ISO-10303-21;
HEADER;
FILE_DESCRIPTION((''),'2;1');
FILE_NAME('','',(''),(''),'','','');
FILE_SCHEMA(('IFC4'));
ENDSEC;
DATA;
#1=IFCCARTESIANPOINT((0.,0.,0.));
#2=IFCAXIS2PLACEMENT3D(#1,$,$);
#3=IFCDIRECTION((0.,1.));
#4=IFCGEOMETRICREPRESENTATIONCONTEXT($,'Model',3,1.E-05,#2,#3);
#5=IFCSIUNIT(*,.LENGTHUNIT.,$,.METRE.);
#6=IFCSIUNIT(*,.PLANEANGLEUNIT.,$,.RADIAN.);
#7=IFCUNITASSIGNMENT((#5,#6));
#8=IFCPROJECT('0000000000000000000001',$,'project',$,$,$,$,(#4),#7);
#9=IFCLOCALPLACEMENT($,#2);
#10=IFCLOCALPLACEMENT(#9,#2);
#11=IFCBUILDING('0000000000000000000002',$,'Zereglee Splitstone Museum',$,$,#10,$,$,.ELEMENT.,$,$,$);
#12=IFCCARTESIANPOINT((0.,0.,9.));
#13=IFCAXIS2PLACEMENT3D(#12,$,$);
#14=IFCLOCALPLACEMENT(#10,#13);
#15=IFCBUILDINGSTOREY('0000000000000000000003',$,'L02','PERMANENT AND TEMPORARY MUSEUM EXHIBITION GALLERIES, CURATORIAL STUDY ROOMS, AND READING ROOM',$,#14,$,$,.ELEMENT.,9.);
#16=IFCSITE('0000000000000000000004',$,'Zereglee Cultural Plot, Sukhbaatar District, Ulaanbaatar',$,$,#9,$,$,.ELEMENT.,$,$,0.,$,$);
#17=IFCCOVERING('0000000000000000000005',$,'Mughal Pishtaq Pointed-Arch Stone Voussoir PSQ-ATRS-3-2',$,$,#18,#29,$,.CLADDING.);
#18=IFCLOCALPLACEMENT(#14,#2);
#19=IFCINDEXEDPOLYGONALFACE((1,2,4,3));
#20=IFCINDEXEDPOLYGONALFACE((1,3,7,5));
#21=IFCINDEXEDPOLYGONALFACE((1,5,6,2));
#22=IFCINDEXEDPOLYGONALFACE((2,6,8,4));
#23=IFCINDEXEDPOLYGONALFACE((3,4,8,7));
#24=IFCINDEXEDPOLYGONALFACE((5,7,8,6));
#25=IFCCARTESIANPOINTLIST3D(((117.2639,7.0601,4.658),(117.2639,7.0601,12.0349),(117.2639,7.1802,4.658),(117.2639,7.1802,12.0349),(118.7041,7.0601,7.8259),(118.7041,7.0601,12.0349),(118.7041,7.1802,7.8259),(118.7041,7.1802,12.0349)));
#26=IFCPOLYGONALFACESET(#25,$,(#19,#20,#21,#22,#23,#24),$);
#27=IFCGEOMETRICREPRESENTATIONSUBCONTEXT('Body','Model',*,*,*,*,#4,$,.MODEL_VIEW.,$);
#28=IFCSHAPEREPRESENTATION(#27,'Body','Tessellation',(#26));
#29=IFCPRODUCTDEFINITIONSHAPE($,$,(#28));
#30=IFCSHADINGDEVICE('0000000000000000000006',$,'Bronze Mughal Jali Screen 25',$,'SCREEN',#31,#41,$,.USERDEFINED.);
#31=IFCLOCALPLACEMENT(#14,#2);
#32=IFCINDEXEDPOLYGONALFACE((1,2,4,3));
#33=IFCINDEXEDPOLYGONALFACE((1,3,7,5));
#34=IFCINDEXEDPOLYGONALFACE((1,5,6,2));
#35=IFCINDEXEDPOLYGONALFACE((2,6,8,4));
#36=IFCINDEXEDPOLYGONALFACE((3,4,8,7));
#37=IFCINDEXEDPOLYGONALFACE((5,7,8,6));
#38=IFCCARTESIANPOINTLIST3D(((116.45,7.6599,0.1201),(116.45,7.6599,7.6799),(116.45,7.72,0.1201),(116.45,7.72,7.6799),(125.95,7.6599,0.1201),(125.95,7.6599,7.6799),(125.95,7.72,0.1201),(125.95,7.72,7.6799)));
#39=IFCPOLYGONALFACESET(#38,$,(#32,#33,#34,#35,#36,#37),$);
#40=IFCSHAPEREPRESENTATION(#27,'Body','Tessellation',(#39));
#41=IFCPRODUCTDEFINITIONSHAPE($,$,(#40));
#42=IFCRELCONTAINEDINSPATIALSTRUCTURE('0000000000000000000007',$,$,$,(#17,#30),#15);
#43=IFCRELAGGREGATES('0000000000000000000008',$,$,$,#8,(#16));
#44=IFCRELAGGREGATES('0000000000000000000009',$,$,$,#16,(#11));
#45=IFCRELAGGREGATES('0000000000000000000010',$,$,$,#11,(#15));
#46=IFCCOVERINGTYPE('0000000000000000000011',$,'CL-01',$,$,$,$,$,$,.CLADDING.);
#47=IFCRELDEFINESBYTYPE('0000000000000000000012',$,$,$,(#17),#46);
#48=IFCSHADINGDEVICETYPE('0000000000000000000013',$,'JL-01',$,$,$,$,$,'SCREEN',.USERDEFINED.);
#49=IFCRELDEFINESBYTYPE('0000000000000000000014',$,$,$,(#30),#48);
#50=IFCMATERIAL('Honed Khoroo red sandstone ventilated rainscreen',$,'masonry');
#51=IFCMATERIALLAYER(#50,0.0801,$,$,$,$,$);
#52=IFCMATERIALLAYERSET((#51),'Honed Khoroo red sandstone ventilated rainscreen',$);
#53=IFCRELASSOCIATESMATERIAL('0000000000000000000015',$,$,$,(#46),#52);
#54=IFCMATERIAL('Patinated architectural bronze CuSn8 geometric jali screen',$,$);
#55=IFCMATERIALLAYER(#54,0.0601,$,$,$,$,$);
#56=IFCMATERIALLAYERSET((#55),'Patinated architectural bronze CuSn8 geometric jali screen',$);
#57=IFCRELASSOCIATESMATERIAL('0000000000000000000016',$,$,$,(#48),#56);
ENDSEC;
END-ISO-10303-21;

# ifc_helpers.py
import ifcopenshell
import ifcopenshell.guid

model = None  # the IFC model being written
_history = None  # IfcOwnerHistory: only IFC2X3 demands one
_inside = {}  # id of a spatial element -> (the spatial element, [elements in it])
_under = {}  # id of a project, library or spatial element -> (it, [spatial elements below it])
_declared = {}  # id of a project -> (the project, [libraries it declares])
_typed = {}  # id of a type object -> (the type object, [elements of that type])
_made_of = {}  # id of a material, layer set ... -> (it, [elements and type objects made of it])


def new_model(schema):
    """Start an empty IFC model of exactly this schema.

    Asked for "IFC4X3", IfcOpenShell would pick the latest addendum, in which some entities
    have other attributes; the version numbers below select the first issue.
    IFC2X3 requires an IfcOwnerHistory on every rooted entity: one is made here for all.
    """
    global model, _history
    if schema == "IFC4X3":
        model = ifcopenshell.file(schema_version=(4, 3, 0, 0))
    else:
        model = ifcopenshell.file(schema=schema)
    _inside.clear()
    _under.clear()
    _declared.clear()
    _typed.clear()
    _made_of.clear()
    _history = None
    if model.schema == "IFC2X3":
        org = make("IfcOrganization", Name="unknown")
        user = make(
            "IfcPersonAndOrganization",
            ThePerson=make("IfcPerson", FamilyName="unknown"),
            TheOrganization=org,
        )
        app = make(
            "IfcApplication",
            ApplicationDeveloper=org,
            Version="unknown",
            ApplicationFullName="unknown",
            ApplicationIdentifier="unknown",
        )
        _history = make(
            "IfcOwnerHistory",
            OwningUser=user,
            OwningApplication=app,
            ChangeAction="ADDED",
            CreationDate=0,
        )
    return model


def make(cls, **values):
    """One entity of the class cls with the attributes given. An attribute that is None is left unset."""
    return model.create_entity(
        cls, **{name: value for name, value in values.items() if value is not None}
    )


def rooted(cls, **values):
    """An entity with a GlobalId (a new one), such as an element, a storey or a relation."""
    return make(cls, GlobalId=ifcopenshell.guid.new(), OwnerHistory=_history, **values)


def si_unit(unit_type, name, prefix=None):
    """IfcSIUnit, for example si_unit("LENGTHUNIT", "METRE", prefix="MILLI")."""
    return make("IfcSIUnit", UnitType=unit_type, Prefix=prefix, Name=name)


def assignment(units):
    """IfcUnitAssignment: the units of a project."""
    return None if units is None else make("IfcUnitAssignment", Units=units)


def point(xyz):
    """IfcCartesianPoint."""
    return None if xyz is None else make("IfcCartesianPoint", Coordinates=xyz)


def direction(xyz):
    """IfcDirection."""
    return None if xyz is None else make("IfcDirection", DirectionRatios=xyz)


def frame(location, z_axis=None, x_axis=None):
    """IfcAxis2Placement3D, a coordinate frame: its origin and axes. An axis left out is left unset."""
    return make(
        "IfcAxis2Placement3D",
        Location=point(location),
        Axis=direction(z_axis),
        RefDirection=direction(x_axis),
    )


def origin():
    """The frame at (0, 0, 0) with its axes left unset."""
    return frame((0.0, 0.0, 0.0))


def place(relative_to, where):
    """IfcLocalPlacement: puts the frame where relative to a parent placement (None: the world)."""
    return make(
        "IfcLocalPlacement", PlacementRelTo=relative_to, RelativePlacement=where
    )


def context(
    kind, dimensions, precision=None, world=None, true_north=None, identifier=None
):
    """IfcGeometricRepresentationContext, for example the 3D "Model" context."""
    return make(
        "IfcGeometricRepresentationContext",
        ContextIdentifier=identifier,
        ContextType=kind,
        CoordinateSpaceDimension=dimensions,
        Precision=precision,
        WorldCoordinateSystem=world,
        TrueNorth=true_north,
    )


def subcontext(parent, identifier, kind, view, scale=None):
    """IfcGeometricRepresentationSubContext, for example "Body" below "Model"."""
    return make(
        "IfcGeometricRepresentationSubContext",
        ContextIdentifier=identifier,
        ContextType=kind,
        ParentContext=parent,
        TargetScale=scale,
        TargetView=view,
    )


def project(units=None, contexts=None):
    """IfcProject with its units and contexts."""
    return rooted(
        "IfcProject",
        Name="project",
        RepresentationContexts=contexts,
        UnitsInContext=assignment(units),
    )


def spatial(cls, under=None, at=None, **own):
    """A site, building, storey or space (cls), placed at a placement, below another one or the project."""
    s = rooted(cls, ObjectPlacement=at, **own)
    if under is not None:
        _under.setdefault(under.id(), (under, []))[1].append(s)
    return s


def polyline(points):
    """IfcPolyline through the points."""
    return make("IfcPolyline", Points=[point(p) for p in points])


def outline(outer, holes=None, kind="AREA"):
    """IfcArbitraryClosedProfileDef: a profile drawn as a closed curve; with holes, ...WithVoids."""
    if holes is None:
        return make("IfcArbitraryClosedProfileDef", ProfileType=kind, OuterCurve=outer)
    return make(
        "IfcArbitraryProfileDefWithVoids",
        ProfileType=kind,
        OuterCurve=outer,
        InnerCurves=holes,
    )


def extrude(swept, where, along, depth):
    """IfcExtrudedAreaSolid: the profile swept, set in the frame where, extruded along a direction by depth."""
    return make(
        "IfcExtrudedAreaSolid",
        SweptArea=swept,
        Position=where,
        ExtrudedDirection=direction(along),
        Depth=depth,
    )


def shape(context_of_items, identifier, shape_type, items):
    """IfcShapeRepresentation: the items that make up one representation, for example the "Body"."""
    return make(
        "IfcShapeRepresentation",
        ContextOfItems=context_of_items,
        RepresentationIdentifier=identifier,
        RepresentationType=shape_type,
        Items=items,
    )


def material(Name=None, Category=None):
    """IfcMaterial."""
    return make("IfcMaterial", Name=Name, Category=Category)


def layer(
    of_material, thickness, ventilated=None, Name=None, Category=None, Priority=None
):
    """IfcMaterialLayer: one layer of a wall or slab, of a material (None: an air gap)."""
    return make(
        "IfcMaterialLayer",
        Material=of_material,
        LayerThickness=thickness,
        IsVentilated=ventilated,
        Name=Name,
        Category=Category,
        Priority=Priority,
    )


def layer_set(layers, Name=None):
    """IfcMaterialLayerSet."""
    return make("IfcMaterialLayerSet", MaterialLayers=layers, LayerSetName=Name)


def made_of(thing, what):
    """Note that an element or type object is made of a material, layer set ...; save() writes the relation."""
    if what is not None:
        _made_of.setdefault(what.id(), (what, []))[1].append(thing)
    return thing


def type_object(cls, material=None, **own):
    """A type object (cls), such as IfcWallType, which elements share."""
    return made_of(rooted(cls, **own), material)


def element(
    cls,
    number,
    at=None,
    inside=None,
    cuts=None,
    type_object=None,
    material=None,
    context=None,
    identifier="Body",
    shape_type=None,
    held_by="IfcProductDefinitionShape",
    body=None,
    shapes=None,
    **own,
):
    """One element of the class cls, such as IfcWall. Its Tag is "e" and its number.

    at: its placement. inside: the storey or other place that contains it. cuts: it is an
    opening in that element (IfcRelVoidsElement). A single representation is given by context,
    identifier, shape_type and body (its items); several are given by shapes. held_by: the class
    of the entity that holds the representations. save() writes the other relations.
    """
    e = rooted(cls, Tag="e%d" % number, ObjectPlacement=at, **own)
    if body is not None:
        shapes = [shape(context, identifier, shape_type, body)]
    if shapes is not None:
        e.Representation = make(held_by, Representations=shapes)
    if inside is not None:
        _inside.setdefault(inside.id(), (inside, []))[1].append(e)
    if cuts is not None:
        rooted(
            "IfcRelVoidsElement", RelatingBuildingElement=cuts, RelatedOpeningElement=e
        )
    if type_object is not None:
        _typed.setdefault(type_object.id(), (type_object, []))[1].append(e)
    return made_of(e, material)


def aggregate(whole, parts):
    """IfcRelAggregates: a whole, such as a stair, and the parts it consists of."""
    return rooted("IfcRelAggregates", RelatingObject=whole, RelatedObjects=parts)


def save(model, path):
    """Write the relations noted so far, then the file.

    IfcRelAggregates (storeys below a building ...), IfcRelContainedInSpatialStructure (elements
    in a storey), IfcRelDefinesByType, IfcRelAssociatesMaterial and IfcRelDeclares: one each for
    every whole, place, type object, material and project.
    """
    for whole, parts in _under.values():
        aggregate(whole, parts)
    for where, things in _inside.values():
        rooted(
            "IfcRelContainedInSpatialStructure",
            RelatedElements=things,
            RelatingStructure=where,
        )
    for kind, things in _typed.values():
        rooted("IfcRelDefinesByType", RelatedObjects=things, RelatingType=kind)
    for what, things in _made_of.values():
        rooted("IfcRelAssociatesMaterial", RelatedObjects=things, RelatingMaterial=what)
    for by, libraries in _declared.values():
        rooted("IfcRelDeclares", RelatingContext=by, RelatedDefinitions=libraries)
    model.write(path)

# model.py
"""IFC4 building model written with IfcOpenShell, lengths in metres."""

from ifc_helpers import new_model, si_unit, direction, frame, origin, place, context, subcontext, project, spatial, polyline, outline, extrude, material, layer, layer_set, type_object, element, save


model = new_model("IFC4")

# Units and contexts
model_context = context("Model", 3, precision=1e-05, world=origin(), true_north=direction((0.0, 1.0)))
body_context = subcontext(model_context, "Body", "Model", "MODEL_VIEW")
ifc_project = project(units=[si_unit("LENGTHUNIT", "METRE"), si_unit("PLANEANGLEUNIT", "RADIAN")], contexts=[model_context])

# Site, building, storey
site_placement = place(None, origin())
site = spatial("IfcSite", under=ifc_project, at=site_placement, Name="Zereglee Cultural Plot, Sukhbaatar District, Ulaanbaatar", CompositionType="ELEMENT", RefElevation=0.0)
building_placement = place(site_placement, origin())
building = spatial("IfcBuilding", under=site, at=building_placement, Name="Zereglee Splitstone Museum", CompositionType="ELEMENT")
storey_placement = place(building_placement, frame((0.0, 0.0, 9.0)))
storey = spatial("IfcBuildingStorey", under=building, at=storey_placement, Name="L02", Description="PERMANENT AND TEMPORARY MUSEUM EXHIBITION GALLERIES, CURATORIAL STUDY ROOMS, AND READING ROOM", CompositionType="ELEMENT", Elevation=9.0)

# Covering
ifc_material_1 = material(Name="Honed Khoroo red sandstone ventilated rainscreen", Category="masonry")
ifc_layer_1 = layer(ifc_material_1, 0.0801)
ifc_layer_set_1 = layer_set([ifc_layer_1], Name="Honed Khoroo red sandstone ventilated rainscreen")
covering_type_1 = type_object("IfcCoveringType", Name="CL-01", PredefinedType="CLADDING", material=ifc_layer_set_1)
covering_1_placement = place(storey_placement, frame((117.2639, 7.0601, 4.658), z_axis=(0.0, -1.0, 0.0), x_axis=(0.413851, 0.0, 0.910345)))
element("IfcCovering", 1, at=covering_1_placement, inside=storey, type_object=covering_type_1, Name="Mughal Pishtaq Pointed-Arch Stone Voussoir PSQ-ATRS-3-2", PredefinedType="CLADDING", context=body_context, shape_type="SweptSolid", body=[
    extrude(outline(polyline([(0.0, 0.0), (3.48, 0.0), (7.3116, 1.7419), (6.7156, 3.053), (0.0, 0.0)])), origin(), (0.0, 0.0, -1.0), 0.1201),
])

# Shading device
ifc_material_2 = material(Name="Patinated architectural bronze CuSn8 geometric jali screen")
ifc_layer_2 = layer(ifc_material_2, 0.0601)
ifc_layer_set_2 = layer_set([ifc_layer_2], Name="Patinated architectural bronze CuSn8 geometric jali screen")
shading_device_type = type_object("IfcShadingDeviceType", Name="JL-01", ElementType="SCREEN", PredefinedType="USERDEFINED", material=ifc_layer_set_2)
shading_device_placement = place(storey_placement, frame((116.45, 7.72, 0.1201), z_axis=(0.0, -1.0, 0.0), x_axis=(1.0, 0.0, 0.0)))
element("IfcShadingDevice", 2, at=shading_device_placement, inside=storey, type_object=shading_device_type, Name="Bronze Mughal Jali Screen 25", ObjectType="SCREEN", PredefinedType="USERDEFINED", context=body_context, shape_type="SweptSolid", body=[
    extrude(outline(polyline([(0.0, 0.0), (9.5, 0.0), (9.5, 7.5598), (0.0, 7.5598), (0.0, 0.0)])), origin(), (0.0, 0.0, 1.0), 0.0601),
])

save(model, "model.ifc")
